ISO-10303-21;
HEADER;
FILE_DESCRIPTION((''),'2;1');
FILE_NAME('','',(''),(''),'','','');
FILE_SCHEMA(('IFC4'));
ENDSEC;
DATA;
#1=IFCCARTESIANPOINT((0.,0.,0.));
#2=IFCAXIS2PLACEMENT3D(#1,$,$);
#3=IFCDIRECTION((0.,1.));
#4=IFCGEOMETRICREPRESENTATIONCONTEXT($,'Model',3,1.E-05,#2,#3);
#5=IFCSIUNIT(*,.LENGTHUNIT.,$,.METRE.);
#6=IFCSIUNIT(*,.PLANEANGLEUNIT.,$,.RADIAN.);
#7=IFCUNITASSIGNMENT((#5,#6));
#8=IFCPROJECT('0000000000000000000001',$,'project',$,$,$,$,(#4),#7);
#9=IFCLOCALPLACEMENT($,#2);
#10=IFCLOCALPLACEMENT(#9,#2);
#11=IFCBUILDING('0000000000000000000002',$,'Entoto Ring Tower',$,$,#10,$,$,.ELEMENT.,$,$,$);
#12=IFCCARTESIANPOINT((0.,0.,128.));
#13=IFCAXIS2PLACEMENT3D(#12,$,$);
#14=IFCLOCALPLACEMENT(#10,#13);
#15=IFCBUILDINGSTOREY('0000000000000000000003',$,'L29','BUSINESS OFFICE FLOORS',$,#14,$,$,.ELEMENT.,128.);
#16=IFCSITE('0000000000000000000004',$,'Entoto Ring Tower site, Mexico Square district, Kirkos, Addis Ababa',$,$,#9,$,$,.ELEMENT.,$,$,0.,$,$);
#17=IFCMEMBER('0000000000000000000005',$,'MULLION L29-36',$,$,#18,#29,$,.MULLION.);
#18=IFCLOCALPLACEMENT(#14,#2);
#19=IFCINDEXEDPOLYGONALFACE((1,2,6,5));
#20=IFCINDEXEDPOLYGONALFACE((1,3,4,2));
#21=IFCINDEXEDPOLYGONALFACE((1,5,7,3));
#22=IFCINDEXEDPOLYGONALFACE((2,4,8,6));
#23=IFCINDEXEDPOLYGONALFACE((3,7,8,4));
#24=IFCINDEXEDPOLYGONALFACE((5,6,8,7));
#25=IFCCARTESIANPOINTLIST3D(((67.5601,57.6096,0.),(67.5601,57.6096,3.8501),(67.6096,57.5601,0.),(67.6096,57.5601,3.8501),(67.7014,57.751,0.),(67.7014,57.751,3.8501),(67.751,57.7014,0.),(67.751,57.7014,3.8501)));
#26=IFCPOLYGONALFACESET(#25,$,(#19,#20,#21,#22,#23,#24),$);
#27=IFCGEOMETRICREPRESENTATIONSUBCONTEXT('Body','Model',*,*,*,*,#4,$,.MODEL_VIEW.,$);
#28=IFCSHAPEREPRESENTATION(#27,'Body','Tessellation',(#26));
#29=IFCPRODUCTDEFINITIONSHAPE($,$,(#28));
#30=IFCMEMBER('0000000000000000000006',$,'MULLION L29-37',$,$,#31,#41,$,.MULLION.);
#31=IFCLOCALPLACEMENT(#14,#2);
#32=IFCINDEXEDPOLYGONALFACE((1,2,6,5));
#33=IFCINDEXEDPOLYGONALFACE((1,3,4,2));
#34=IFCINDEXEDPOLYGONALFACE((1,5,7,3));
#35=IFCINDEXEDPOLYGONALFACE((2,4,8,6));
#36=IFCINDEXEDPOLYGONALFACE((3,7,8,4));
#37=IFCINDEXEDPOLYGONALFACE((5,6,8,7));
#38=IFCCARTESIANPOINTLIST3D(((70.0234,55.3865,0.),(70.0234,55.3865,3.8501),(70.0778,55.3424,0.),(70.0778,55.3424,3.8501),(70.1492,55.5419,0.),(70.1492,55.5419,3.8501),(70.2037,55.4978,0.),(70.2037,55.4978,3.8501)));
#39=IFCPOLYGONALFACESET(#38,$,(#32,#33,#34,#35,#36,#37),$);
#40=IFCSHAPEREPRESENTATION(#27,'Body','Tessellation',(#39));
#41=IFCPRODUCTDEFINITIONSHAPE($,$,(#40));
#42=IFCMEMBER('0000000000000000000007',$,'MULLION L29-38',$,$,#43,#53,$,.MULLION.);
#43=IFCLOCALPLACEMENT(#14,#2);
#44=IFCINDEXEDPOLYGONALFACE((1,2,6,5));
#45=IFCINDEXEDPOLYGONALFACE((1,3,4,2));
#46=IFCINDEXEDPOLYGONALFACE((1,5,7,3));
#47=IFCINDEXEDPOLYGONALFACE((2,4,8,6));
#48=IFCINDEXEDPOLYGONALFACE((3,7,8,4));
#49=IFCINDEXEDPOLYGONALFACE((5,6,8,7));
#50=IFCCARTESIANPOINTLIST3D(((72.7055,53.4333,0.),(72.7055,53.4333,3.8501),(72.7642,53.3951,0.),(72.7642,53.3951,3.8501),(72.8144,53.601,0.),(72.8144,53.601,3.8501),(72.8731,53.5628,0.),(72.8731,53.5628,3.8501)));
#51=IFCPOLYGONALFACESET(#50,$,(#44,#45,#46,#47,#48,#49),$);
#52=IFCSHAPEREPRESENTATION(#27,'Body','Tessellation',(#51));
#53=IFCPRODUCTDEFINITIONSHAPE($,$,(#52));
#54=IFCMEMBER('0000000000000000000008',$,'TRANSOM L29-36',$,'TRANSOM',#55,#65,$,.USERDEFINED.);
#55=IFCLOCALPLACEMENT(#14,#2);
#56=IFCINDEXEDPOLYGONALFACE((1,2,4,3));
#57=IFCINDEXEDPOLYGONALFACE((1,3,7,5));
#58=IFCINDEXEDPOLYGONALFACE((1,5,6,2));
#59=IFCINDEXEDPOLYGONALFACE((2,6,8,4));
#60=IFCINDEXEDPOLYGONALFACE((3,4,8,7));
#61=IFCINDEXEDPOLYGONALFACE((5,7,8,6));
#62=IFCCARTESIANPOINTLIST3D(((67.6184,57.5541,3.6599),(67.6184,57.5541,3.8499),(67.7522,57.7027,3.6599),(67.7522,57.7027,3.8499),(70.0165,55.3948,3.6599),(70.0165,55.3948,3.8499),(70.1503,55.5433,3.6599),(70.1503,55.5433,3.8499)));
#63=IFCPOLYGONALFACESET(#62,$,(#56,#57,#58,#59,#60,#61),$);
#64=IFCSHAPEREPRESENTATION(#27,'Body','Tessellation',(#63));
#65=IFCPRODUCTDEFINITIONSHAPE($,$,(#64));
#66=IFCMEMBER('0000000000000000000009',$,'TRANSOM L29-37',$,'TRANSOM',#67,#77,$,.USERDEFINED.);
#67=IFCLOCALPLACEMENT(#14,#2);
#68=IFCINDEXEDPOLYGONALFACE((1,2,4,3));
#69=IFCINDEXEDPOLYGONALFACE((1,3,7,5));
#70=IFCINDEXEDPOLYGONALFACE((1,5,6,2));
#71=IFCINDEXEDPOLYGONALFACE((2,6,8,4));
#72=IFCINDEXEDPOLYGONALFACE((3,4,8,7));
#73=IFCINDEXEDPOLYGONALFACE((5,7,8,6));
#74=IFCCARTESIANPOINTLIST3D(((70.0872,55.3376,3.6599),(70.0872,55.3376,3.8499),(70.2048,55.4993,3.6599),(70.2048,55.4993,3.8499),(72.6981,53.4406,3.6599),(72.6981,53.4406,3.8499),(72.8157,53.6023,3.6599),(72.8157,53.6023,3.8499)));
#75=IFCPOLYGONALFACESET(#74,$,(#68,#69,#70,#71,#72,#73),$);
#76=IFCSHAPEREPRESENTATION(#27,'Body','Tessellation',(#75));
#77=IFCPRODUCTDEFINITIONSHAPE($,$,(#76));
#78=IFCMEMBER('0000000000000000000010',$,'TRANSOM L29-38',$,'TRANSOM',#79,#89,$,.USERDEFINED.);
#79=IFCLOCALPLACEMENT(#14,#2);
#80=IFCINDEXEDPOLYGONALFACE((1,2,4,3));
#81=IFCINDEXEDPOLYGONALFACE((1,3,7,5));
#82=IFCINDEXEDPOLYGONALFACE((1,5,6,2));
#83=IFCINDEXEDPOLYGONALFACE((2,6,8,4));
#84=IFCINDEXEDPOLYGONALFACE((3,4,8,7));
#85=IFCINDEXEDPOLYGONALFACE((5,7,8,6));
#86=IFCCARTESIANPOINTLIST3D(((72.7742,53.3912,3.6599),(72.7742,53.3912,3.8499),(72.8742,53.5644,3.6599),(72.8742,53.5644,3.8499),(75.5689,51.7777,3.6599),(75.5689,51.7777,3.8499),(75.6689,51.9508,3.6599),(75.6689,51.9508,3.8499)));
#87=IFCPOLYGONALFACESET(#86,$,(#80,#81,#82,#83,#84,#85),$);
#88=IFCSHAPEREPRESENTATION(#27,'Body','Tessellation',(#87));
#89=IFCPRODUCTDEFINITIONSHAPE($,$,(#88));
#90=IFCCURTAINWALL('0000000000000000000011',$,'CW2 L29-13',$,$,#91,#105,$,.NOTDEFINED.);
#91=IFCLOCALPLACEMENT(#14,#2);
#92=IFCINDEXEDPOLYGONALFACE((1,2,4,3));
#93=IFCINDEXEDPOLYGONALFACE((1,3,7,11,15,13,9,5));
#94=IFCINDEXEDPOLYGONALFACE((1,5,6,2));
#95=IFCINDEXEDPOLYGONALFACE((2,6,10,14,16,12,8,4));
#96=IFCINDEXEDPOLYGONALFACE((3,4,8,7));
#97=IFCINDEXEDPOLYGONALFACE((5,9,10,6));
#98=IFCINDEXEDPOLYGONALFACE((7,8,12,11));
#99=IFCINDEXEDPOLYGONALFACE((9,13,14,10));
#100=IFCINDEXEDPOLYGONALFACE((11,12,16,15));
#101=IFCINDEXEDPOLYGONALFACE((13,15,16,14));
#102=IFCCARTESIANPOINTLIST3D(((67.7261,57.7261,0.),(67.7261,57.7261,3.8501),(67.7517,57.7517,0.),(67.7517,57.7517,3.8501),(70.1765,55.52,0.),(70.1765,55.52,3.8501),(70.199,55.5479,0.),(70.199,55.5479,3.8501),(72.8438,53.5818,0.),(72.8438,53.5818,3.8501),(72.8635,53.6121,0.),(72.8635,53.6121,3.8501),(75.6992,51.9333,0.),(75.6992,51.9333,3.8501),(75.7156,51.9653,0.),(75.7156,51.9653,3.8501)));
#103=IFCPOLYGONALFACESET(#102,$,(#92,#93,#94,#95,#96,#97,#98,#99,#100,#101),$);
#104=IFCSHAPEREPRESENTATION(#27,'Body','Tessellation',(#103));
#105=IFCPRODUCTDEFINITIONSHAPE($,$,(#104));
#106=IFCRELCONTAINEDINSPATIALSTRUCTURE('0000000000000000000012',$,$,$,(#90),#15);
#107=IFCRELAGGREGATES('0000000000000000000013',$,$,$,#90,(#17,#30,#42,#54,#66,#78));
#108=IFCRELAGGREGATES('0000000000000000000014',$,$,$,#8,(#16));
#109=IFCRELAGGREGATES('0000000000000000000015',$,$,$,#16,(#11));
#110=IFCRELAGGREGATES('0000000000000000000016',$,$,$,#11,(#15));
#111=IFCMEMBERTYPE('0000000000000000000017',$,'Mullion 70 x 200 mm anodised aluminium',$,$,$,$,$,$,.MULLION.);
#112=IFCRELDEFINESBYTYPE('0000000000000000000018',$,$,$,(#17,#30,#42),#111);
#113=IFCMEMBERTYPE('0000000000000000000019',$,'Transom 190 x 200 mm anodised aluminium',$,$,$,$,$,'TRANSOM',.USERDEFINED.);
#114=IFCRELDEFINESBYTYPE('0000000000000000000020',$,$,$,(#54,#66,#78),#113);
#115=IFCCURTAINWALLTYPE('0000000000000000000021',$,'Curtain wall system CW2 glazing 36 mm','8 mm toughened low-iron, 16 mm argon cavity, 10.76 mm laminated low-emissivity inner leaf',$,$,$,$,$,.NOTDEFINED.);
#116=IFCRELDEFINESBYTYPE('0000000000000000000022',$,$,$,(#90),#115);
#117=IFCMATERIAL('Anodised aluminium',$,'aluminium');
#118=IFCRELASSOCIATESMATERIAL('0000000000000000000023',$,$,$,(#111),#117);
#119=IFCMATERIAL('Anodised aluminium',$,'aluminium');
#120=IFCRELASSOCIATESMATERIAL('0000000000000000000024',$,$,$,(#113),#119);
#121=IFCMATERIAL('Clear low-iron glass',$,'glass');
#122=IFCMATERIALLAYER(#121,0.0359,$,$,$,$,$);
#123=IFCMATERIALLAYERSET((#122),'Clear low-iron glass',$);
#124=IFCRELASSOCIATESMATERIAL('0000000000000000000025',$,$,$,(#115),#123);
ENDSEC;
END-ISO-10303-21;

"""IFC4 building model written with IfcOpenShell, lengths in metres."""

from ifc_helpers import new_model, si_unit, direction, frame, origin, origin_2d, place, context, subcontext, project, spatial, polyline, rectangle, outline, extrude, material, layer, layer_set, material_profile, profile_set, type_object, element, aggregate, save


model = new_model("IFC4")

# Units and contexts
model_context = context("Model", 3, precision=1e-05, world=origin(), true_north=direction((0.0, 1.0)))
body_context = subcontext(model_context, "Body", "Model", "MODEL_VIEW")
ifc_project = project(units=[si_unit("LENGTHUNIT", "METRE"), si_unit("PLANEANGLEUNIT", "RADIAN")], contexts=[model_context])

# Members
ifc_material_1 = material(Name="Anodised aluminium", Category="aluminium")
ifc_material_profile_1 = material_profile(ifc_material_1, rectangle(XDim=0.0701, YDim=0.2, at=origin_2d()), Name="Mullion 70 x 200 mm anodised aluminium")
ifc_profile_set_1 = profile_set([ifc_material_profile_1], Name="Anodised aluminium")
member_type_1 = type_object("IfcMemberType", Name="Mullion 70 x 200 mm anodised aluminium", PredefinedType="MULLION", material=ifc_profile_set_1)
site_placement = place(None, origin())
building_placement = place(site_placement, origin())
storey_placement = place(building_placement, frame((0.0, 0.0, 128.0)))
member_1_placement = place(storey_placement, frame((67.6555, 57.6555, 0.0), z_axis=(0.0, 0.0, 1.0), x_axis=(0.707107, -0.707107, 0.0)))
member_1 = element("IfcMember", 1, at=member_1_placement, type_object=member_type_1, Name="MULLION L29-36", PredefinedType="MULLION", context=body_context, shape_type="SweptSolid", body=[
    extrude(rectangle(XDim=0.0701, YDim=0.2, at=origin_2d()), origin(), (0.0, 0.0, 1.0), 3.8501),
])
member_2_placement = place(storey_placement, frame((70.1135, 55.4421, 0.0), z_axis=(0.0, 0.0, 1.0), x_axis=(0.777146, -0.62932, 0.0)))
member_2 = element("IfcMember", 2, at=member_2_placement, type_object=member_type_1, Name="MULLION L29-37", PredefinedType="MULLION", context=body_context, shape_type="SweptSolid", body=[
    extrude(rectangle(XDim=0.0701, YDim=0.2, at=origin_2d()), origin(), (0.0, 0.0, 1.0), 3.8501),
])
member_3_placement = place(storey_placement, frame((72.7893, 53.498, 0.0), z_axis=(0.0, 0.0, 1.0), x_axis=(0.838671, -0.544639, 0.0)))
member_3 = element("IfcMember", 3, at=member_3_placement, type_object=member_type_1, Name="MULLION L29-38", PredefinedType="MULLION", context=body_context, shape_type="SweptSolid", body=[
    extrude(rectangle(XDim=0.0701, YDim=0.2, at=origin_2d()), origin(), (0.0, 0.0, 1.0), 3.8501),
])
ifc_material_2 = material(Name="Anodised aluminium", Category="aluminium")
ifc_material_profile_2 = material_profile(ifc_material_2, rectangle(XDim=0.2, YDim=0.1899, at=origin_2d()), Name="Transom 190 x 200 mm anodised aluminium")
ifc_profile_set_2 = profile_set([ifc_material_profile_2], Name="Anodised aluminium")
member_type_2 = type_object("IfcMemberType", Name="Transom 190 x 200 mm anodised aluminium", ElementType="TRANSOM", PredefinedType="USERDEFINED", material=ifc_profile_set_2)
member_4_placement = place(storey_placement, frame((67.6853, 57.6284, 3.7549), z_axis=(0.743132, -0.669144, 0.0), x_axis=(0.669144, 0.743132, 0.0)))
member_4 = element("IfcMember", 4, at=member_4_placement, type_object=member_type_2, Name="TRANSOM L29-36", ObjectType="TRANSOM", PredefinedType="USERDEFINED", context=body_context, shape_type="SweptSolid", body=[
    extrude(rectangle(XDim=0.2, YDim=0.1899, at=origin_2d()), origin(), (0.0, 0.0, 1.0), 3.2271),
])
member_5_placement = place(storey_placement, frame((70.146, 55.4185, 3.7549), z_axis=(0.809004, -0.587803, 0.0), x_axis=(0.587803, 0.809004, 0.0)))
member_5 = element("IfcMember", 5, at=member_5_placement, type_object=member_type_2, Name="TRANSOM L29-37", ObjectType="TRANSOM", PredefinedType="USERDEFINED", context=body_context, shape_type="SweptSolid", body=[
    extrude(rectangle(XDim=0.2, YDim=0.1899, at=origin_2d()), origin(), (0.0, 0.0, 1.0), 3.2273),
])
member_6_placement = place(storey_placement, frame((72.8242, 53.4778, 3.7549), z_axis=(0.866023, -0.500004, 0.0), x_axis=(0.500004, 0.866023, 0.0)))
member_6 = element("IfcMember", 6, at=member_6_placement, type_object=member_type_2, Name="TRANSOM L29-38", ObjectType="TRANSOM", PredefinedType="USERDEFINED", context=body_context, shape_type="SweptSolid", body=[
    extrude(rectangle(XDim=0.2, YDim=0.1899, at=origin_2d()), origin(), (0.0, 0.0, 1.0), 3.2271),
])

# Site, building, storey
site = spatial("IfcSite", under=ifc_project, at=site_placement, Name="Entoto Ring Tower site, Mexico Square district, Kirkos, Addis Ababa", CompositionType="ELEMENT", RefElevation=0.0)
building = spatial("IfcBuilding", under=site, at=building_placement, Name="Entoto Ring Tower", CompositionType="ELEMENT")
storey = spatial("IfcBuildingStorey", under=building, at=storey_placement, Name="L29", Description="BUSINESS OFFICE FLOORS", CompositionType="ELEMENT", Elevation=128.0)

# Curtain wall
ifc_material_3 = material(Name="Clear low-iron glass", Category="glass")
ifc_layer = layer(ifc_material_3, 0.0359)
ifc_layer_set = layer_set([ifc_layer], Name="Clear low-iron glass")
curtain_wall_type = type_object("IfcCurtainWallType", Name="Curtain wall system CW2 glazing 36 mm", Description="8 mm toughened low-iron, 16 mm argon cavity, 10.76 mm laminated low-emissivity inner leaf", PredefinedType="NOTDEFINED", material=ifc_layer_set)
curtain_wall_1_placement = place(storey_placement, origin())
curtain_wall_1 = element("IfcCurtainWall", 7, at=curtain_wall_1_placement, inside=storey, type_object=curtain_wall_type, Name="CW2 L29-13", PredefinedType="NOTDEFINED", context=body_context, shape_type="SweptSolid", body=[
    extrude(outline(polyline([(67.7261, 57.7261), (70.1765, 55.52), (72.8438, 53.5818), (75.6992, 51.9333), (75.7156, 51.9653), (72.8635, 53.6121), (70.199, 55.5479), (67.7517, 57.7517), (67.7261, 57.7261)])), origin(), (0.0, 0.0, 1.0), 3.8501),
])
aggregate(curtain_wall_1, [member_1, member_2, member_3, member_4, member_5, member_6])

save(model, "model.ifc")
